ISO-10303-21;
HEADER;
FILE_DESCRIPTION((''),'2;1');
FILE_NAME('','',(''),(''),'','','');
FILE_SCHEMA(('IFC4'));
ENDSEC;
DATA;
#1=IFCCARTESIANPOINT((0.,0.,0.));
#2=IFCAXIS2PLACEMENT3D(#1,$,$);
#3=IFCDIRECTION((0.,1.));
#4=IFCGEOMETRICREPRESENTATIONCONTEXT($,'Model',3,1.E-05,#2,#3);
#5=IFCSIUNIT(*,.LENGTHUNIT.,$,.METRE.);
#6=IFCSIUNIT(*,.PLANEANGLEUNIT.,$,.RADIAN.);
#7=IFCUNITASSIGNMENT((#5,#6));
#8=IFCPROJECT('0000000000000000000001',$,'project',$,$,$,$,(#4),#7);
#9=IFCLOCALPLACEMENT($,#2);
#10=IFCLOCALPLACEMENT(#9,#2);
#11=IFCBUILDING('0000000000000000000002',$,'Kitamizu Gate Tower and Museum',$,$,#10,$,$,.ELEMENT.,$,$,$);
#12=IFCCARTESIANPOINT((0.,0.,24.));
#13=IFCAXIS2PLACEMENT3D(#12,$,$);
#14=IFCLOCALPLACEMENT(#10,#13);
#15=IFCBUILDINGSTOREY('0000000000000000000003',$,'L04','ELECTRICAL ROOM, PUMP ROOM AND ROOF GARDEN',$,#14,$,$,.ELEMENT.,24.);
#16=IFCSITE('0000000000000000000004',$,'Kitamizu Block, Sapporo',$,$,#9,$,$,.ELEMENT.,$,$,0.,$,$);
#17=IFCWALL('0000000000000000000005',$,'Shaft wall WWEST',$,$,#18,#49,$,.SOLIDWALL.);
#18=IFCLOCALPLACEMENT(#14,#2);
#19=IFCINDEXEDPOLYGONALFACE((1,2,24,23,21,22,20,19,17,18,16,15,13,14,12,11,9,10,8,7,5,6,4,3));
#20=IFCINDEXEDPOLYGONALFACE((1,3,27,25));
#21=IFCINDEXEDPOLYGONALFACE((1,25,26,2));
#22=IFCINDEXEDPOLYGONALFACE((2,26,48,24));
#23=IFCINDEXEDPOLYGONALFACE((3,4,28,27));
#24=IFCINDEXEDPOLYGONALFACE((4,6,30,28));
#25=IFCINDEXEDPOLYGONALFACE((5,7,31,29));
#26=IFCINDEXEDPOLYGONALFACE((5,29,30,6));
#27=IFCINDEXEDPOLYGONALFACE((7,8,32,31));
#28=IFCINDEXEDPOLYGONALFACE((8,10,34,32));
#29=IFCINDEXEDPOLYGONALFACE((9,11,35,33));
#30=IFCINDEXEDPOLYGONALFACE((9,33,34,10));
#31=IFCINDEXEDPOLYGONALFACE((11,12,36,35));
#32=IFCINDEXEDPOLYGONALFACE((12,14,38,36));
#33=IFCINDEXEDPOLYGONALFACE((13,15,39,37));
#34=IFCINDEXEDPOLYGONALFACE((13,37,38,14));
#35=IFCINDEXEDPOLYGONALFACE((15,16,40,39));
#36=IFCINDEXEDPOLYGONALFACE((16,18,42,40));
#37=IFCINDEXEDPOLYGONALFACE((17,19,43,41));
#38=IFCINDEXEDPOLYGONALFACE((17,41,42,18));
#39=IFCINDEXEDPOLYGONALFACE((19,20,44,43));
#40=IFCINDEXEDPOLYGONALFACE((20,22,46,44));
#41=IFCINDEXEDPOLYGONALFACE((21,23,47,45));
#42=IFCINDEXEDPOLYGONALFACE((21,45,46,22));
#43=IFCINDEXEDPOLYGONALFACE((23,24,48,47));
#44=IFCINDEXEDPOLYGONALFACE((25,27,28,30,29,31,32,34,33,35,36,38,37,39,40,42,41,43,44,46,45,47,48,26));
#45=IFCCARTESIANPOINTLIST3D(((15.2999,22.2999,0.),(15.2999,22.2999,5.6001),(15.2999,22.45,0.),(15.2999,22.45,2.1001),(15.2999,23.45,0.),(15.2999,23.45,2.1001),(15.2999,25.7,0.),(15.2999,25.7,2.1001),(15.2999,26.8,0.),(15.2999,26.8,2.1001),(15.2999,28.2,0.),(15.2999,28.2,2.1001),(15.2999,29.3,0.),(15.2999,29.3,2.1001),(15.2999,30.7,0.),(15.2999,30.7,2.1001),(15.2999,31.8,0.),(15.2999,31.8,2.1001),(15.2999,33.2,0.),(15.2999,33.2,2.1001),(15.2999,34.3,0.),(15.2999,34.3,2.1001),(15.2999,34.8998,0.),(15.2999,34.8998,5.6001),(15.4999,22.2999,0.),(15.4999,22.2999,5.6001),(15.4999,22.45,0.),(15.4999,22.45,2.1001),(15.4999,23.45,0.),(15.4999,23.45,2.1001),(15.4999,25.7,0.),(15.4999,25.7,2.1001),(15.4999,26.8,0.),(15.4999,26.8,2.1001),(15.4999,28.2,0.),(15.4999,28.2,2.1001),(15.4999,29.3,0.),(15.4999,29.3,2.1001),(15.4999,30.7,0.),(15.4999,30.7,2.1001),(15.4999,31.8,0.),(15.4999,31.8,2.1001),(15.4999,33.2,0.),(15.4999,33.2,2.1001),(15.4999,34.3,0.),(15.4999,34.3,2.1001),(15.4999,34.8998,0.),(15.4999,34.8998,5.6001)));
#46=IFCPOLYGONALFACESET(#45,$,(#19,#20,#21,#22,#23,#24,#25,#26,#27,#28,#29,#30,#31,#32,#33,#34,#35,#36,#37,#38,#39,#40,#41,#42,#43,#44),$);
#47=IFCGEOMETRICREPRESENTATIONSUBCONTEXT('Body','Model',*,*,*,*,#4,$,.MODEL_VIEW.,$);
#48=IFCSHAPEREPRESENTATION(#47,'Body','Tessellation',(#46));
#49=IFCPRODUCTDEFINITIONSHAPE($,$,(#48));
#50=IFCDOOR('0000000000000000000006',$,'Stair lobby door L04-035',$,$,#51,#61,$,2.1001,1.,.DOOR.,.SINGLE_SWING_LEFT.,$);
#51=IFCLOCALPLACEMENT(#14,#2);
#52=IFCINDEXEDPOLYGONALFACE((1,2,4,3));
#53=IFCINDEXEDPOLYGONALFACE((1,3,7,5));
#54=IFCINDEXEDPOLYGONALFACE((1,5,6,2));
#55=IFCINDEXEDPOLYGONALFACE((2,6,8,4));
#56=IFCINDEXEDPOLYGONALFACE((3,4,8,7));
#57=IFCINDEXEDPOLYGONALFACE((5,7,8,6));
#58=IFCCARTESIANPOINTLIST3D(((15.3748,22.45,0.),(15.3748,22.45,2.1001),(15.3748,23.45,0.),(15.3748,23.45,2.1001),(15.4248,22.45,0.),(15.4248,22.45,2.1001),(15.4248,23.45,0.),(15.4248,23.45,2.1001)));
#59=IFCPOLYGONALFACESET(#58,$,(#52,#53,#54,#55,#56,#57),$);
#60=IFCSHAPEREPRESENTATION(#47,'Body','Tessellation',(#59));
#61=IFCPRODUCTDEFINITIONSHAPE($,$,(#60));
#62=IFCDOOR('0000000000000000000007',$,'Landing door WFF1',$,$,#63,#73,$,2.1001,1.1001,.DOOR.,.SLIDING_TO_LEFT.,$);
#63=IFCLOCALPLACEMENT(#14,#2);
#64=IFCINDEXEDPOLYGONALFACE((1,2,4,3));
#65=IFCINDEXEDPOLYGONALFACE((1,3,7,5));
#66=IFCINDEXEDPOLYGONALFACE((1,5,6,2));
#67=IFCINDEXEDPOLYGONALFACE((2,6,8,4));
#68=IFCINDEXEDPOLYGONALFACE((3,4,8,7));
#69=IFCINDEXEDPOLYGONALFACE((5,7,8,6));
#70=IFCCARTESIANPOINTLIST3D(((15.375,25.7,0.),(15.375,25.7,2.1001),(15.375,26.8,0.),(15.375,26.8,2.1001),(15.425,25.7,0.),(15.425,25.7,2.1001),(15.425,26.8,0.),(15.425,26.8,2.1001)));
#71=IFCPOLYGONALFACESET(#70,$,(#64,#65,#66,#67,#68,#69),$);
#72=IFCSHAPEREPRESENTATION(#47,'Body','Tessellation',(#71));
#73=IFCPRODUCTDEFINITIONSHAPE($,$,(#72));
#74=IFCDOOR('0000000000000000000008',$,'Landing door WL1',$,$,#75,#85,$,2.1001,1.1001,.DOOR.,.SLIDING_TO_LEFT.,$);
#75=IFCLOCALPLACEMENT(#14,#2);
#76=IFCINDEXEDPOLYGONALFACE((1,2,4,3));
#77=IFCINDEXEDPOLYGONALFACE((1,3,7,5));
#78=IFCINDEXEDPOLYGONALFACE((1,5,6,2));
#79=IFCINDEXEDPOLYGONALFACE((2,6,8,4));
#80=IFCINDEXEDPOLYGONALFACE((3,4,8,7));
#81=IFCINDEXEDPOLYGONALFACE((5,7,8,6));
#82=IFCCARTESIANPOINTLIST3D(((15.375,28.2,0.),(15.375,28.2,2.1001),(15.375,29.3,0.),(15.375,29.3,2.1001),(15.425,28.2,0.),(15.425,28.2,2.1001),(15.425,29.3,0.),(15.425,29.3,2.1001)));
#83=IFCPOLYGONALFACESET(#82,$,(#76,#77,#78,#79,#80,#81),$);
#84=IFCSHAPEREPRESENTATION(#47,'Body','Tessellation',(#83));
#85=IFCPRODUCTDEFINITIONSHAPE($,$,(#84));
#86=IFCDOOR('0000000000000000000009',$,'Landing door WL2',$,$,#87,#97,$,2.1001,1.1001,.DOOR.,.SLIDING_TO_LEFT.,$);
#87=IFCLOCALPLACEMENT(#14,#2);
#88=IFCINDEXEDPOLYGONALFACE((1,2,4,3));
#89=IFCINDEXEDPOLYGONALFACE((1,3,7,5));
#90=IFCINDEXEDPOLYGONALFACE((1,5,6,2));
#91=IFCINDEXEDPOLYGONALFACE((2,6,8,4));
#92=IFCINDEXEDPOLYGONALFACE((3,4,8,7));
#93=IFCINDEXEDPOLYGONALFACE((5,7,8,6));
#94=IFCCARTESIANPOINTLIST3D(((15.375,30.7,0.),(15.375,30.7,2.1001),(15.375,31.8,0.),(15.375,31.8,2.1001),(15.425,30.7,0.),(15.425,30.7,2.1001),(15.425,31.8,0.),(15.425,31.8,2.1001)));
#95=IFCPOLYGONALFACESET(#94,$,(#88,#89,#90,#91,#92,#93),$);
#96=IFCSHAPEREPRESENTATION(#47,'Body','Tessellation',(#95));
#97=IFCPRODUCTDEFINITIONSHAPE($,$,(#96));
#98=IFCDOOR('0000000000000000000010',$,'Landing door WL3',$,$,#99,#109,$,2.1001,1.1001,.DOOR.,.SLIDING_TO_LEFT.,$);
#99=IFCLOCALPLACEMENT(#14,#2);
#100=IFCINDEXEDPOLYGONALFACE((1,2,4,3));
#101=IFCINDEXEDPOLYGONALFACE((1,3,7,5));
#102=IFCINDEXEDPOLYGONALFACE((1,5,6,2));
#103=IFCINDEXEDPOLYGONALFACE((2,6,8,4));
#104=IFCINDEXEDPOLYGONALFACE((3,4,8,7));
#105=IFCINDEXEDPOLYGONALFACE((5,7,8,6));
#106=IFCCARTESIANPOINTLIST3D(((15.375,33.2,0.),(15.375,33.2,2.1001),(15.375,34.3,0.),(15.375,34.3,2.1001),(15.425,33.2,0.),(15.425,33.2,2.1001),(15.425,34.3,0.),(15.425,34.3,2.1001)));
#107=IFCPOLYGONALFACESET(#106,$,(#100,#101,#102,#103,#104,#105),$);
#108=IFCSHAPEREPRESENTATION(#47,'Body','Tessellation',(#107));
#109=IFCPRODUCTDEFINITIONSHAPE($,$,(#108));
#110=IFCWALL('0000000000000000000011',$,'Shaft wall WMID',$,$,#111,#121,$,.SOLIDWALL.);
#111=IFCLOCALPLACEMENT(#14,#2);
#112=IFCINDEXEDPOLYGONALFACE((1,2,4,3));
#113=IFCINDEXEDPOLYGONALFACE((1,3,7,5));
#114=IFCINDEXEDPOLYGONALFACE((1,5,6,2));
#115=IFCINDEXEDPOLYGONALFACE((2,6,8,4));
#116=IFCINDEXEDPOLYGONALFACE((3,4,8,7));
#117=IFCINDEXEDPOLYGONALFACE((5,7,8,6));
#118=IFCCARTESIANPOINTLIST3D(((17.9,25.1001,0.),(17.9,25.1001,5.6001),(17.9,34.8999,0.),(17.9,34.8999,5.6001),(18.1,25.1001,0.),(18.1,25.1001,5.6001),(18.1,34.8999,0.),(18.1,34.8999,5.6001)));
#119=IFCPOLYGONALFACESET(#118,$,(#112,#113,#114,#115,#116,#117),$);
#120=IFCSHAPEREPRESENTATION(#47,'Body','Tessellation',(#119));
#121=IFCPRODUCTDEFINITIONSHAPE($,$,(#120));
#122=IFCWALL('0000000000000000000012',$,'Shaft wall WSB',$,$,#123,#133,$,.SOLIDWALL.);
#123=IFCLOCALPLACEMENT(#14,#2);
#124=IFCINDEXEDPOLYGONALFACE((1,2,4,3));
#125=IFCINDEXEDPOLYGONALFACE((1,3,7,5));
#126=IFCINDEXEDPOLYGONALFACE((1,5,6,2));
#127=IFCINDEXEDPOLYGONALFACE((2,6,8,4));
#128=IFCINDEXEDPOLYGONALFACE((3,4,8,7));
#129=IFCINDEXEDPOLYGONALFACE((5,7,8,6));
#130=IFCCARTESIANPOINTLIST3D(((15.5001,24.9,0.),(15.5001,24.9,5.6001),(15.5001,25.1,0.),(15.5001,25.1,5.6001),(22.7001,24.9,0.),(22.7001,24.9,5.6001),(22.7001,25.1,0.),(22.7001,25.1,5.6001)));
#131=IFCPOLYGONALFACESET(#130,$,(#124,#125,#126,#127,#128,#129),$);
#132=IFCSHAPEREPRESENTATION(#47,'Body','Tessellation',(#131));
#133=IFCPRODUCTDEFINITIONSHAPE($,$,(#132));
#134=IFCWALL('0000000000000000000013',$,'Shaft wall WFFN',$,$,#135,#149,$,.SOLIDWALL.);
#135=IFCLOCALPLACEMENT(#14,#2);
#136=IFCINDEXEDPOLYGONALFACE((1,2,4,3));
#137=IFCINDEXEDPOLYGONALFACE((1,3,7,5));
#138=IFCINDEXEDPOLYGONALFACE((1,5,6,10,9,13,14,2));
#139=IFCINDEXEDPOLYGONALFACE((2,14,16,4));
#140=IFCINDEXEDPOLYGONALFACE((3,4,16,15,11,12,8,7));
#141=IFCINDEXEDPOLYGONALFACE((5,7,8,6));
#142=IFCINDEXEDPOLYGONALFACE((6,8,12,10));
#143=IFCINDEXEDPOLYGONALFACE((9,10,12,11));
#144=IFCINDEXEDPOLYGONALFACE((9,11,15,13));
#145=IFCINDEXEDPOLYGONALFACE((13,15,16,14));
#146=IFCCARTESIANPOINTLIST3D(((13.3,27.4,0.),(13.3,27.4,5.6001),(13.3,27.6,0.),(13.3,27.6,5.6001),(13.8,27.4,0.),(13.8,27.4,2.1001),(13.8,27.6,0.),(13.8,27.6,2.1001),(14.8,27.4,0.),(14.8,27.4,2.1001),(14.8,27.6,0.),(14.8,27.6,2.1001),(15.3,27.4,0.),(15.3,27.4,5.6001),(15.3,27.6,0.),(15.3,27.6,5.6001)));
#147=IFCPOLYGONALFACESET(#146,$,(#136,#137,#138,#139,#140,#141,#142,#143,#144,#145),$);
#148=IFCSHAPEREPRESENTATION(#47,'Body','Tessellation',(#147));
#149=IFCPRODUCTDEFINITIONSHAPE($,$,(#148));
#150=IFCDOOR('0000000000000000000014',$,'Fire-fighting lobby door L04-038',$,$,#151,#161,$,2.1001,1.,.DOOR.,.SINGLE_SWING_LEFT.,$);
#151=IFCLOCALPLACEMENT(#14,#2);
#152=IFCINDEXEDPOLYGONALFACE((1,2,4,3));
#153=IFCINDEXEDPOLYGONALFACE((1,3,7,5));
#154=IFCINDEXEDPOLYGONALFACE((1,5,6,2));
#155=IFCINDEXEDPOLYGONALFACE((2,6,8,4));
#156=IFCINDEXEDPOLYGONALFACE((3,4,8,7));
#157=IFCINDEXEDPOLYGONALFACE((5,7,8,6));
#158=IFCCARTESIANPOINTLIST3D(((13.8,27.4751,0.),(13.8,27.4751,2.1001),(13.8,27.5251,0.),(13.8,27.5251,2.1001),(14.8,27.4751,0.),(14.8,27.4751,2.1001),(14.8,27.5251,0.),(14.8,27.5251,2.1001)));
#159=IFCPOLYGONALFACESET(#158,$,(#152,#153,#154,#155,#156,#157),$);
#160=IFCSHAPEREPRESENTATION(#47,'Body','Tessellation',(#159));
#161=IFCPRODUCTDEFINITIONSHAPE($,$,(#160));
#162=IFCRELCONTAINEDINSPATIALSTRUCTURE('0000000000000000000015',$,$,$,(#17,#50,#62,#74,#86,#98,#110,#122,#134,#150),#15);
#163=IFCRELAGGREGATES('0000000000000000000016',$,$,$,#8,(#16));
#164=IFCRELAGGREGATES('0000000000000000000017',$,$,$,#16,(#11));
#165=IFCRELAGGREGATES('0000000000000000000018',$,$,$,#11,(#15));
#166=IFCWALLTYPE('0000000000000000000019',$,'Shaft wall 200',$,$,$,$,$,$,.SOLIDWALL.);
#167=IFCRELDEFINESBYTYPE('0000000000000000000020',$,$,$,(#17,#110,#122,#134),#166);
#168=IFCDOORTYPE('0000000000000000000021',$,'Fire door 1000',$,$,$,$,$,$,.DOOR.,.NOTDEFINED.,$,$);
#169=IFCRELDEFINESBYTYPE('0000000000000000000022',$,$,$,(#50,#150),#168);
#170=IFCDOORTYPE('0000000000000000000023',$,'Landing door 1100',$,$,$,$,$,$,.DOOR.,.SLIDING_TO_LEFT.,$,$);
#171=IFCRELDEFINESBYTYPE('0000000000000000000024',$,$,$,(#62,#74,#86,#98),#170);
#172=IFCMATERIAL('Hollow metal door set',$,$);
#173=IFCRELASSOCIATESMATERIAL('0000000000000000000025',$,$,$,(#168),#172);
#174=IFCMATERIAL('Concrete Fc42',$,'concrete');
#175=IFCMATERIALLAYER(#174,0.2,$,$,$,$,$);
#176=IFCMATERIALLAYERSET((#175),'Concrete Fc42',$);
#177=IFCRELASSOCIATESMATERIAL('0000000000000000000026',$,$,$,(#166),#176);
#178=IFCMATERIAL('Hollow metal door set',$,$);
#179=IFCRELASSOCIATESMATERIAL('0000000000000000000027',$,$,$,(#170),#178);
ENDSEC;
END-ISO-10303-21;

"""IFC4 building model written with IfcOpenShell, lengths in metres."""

from ifc_helpers import new_model, si_unit, direction, frame, frame_2d, origin, place, context, subcontext, project, spatial, rectangle, extrude, material, layer, layer_set, type_object, element, fill, save


model = new_model("IFC4")

# Units and contexts
model_context = context("Model", 3, precision=1e-05, world=origin(), true_north=direction((0.0, 1.0)))
body_context = subcontext(model_context, "Body", "Model", "MODEL_VIEW")
ifc_project = project(units=[si_unit("LENGTHUNIT", "METRE"), si_unit("PLANEANGLEUNIT", "RADIAN")], contexts=[model_context])

# Site, building, storey
site_placement = place(None, origin())
site = spatial("IfcSite", under=ifc_project, at=site_placement, Name="Kitamizu Block, Sapporo", CompositionType="ELEMENT", RefElevation=0.0)
building_placement = place(site_placement, origin())
building = spatial("IfcBuilding", under=site, at=building_placement, Name="Kitamizu Gate Tower and Museum", CompositionType="ELEMENT")
storey_placement = place(building_placement, frame((0.0, 0.0, 24.0)))
storey = spatial("IfcBuildingStorey", under=building, at=storey_placement, Name="L04", Description="ELECTRICAL ROOM, PUMP ROOM AND ROOF GARDEN", CompositionType="ELEMENT", Elevation=24.0)

# Shared definitions
ifc_material_1 = material(Name="Hollow metal door set")
door_type_1 = type_object("IfcDoorType", Name="Fire door 1000", OperationType="NOTDEFINED", PredefinedType="DOOR", material=ifc_material_1)

# Wall, openings, doors
ifc_material_2 = material(Name="Concrete Fc42", Category="concrete")
ifc_layer_1 = layer(ifc_material_2, 0.2)
ifc_layer_set_1 = layer_set([ifc_layer_1], Name="Concrete Fc42")
wall_type_1 = type_object("IfcWallType", Name="Shaft wall 200", PredefinedType="SOLIDWALL", material=ifc_layer_set_1)
wall_1_placement = place(storey_placement, frame((15.3999, 22.3, 0.0), z_axis=(0.0, 0.0, 1.0), x_axis=(0.0, 1.0, 0.0)))
wall_1 = element("IfcWall", 1, at=wall_1_placement, inside=storey, type_object=wall_type_1, Name="Shaft wall WWEST", PredefinedType="SOLIDWALL", context=body_context, shape_type="SweptSolid", body=[
    extrude(rectangle(XDim=12.5999, YDim=0.2, at=frame_2d((6.2998, 0.0))), origin(), (0.0, 0.0, 1.0), 5.6001),
])
opening_1_placement = place(wall_1_placement, frame((3.3999, 0.0, 0.0)))
opening_1 = element("IfcOpeningElement", 2, at=opening_1_placement, cuts=wall_1, PredefinedType="OPENING", context=body_context, shape_type="SweptSolid", body=[
    extrude(rectangle(XDim=1.1001, YDim=2.1001, at=frame_2d((0.55, 1.05))), frame((0.0, 0.1099, 0.0), z_axis=(0.0, -1.0, 0.0), x_axis=(1.0, 0.0, 0.0)), (0.0, 0.0, 1.0), 0.22),
])
opening_2_placement = place(wall_1_placement, frame((5.8999, 0.0, 0.0)))
opening_2 = element("IfcOpeningElement", 3, at=opening_2_placement, cuts=wall_1, PredefinedType="OPENING", context=body_context, shape_type="SweptSolid", body=[
    extrude(rectangle(XDim=1.1001, YDim=2.1001, at=frame_2d((0.55, 1.05))), frame((0.0, 0.1099, 0.0), z_axis=(0.0, -1.0, 0.0), x_axis=(1.0, 0.0, 0.0)), (0.0, 0.0, 1.0), 0.22),
])
opening_3_placement = place(wall_1_placement, frame((8.3999, 0.0, 0.0)))
opening_3 = element("IfcOpeningElement", 4, at=opening_3_placement, cuts=wall_1, PredefinedType="OPENING", context=body_context, shape_type="SweptSolid", body=[
    extrude(rectangle(XDim=1.1001, YDim=2.1001, at=frame_2d((0.55, 1.05))), frame((0.0, 0.1099, 0.0), z_axis=(0.0, -1.0, 0.0), x_axis=(1.0, 0.0, 0.0)), (0.0, 0.0, 1.0), 0.22),
])
opening_4_placement = place(wall_1_placement, frame((10.8999, 0.0, 0.0)))
opening_4 = element("IfcOpeningElement", 5, at=opening_4_placement, cuts=wall_1, PredefinedType="OPENING", context=body_context, shape_type="SweptSolid", body=[
    extrude(rectangle(XDim=1.1001, YDim=2.1001, at=frame_2d((0.55, 1.05))), frame((0.0, 0.1099, 0.0), z_axis=(0.0, -1.0, 0.0), x_axis=(1.0, 0.0, 0.0)), (0.0, 0.0, 1.0), 0.22),
])
opening_5_placement = place(wall_1_placement, frame((0.1499, 0.0, 0.0)))
opening_5 = element("IfcOpeningElement", 6, at=opening_5_placement, cuts=wall_1, PredefinedType="OPENING", context=body_context, shape_type="SweptSolid", body=[
    extrude(rectangle(XDim=1.0, YDim=2.1001, at=frame_2d((0.5, 1.05))), frame((0.0, 0.1099, 0.0), z_axis=(0.0, -1.0, 0.0), x_axis=(1.0, 0.0, 0.0)), (0.0, 0.0, 1.0), 0.22),
])
door_1_placement = place(opening_5_placement, frame((1.0, 0.0, 0.0), x_axis=(-1.0, 0.0, 0.0)))
door_1 = element("IfcDoor", 7, at=door_1_placement, inside=storey, type_object=door_type_1, Name="Stair lobby door L04-035", OperationType="SINGLE_SWING_LEFT", OverallHeight=2.1001, OverallWidth=1.0, PredefinedType="DOOR", context=body_context, shape_type="SweptSolid", body=[
    extrude(rectangle(XDim=1.0, YDim=2.1001, at=frame_2d((0.5, 1.05))), frame((0.0, 0.0249, 0.0), z_axis=(0.0, -1.0, 0.0), x_axis=(1.0, 0.0, 0.0)), (0.0, 0.0, 1.0), 0.05),
])
fill(opening_5, door_1)
ifc_material_3 = material(Name="Hollow metal door set")
door_type_2 = type_object("IfcDoorType", Name="Landing door 1100", OperationType="SLIDING_TO_LEFT", PredefinedType="DOOR", material=ifc_material_3)
door_2_placement = place(opening_1_placement, origin())
door_2 = element("IfcDoor", 8, at=door_2_placement, inside=storey, type_object=door_type_2, Name="Landing door WFF1", OperationType="SLIDING_TO_LEFT", OverallHeight=2.1001, OverallWidth=1.1001, PredefinedType="DOOR", context=body_context, shape_type="SweptSolid", body=[
    extrude(rectangle(XDim=1.1001, YDim=2.1001, at=frame_2d((0.55, 1.05))), frame((0.0, 0.0249, 0.0), z_axis=(0.0, -1.0, 0.0), x_axis=(1.0, 0.0, 0.0)), (0.0, 0.0, 1.0), 0.05),
])
fill(opening_1, door_2)
door_3_placement = place(opening_2_placement, origin())
door_3 = element("IfcDoor", 9, at=door_3_placement, inside=storey, type_object=door_type_2, Name="Landing door WL1", OperationType="SLIDING_TO_LEFT", OverallHeight=2.1001, OverallWidth=1.1001, PredefinedType="DOOR", context=body_context, shape_type="SweptSolid", body=[
    extrude(rectangle(XDim=1.1001, YDim=2.1001, at=frame_2d((0.55, 1.05))), frame((0.0, 0.0249, 0.0), z_axis=(0.0, -1.0, 0.0), x_axis=(1.0, 0.0, 0.0)), (0.0, 0.0, 1.0), 0.05),
])
fill(opening_2, door_3)
door_4_placement = place(opening_3_placement, origin())
door_4 = element("IfcDoor", 10, at=door_4_placement, inside=storey, type_object=door_type_2, Name="Landing door WL2", OperationType="SLIDING_TO_LEFT", OverallHeight=2.1001, OverallWidth=1.1001, PredefinedType="DOOR", context=body_context, shape_type="SweptSolid", body=[
    extrude(rectangle(XDim=1.1001, YDim=2.1001, at=frame_2d((0.55, 1.05))), frame((0.0, 0.0249, 0.0), z_axis=(0.0, -1.0, 0.0), x_axis=(1.0, 0.0, 0.0)), (0.0, 0.0, 1.0), 0.05),
])
fill(opening_3, door_4)
door_5_placement = place(opening_4_placement, origin())
door_5 = element("IfcDoor", 11, at=door_5_placement, inside=storey, type_object=door_type_2, Name="Landing door WL3", OperationType="SLIDING_TO_LEFT", OverallHeight=2.1001, OverallWidth=1.1001, PredefinedType="DOOR", context=body_context, shape_type="SweptSolid", body=[
    extrude(rectangle(XDim=1.1001, YDim=2.1001, at=frame_2d((0.55, 1.05))), frame((0.0, 0.0249, 0.0), z_axis=(0.0, -1.0, 0.0), x_axis=(1.0, 0.0, 0.0)), (0.0, 0.0, 1.0), 0.05),
])
fill(opening_4, door_5)

# Walls
wall_2_placement = place(storey_placement, frame((18.0, 25.1001, 0.0), z_axis=(0.0, 0.0, 1.0), x_axis=(0.0, 1.0, 0.0)))
element("IfcWall", 12, at=wall_2_placement, inside=storey, type_object=wall_type_1, Name="Shaft wall WMID", PredefinedType="SOLIDWALL", context=body_context, shape_type="SweptSolid", body=[
    extrude(rectangle(XDim=9.7998, YDim=0.2, at=frame_2d((4.8999, 0.0))), origin(), (0.0, 0.0, 1.0), 5.6001),
])
wall_3_placement = place(storey_placement, frame((15.5, 25.0, 0.0), z_axis=(0.0, 0.0, 1.0), x_axis=(1.0, 0.0, 0.0)))
element("IfcWall", 13, at=wall_3_placement, inside=storey, type_object=wall_type_1, Name="Shaft wall WSB", PredefinedType="SOLIDWALL", context=body_context, shape_type="SweptSolid", body=[
    extrude(rectangle(XDim=7.2, YDim=0.2, at=frame_2d((3.6001, 0.0))), origin(), (0.0, 0.0, 1.0), 5.6001),
])

# Wall, opening, door
wall_4_placement = place(storey_placement, frame((13.3, 27.5, 0.0), z_axis=(0.0, 0.0, 1.0), x_axis=(1.0, 0.0, 0.0)))
wall_4 = element("IfcWall", 14, at=wall_4_placement, inside=storey, type_object=wall_type_1, Name="Shaft wall WFFN", PredefinedType="SOLIDWALL", context=body_context, shape_type="SweptSolid", body=[
    extrude(rectangle(XDim=2.0, YDim=0.2, at=frame_2d((1.0, 0.0))), origin(), (0.0, 0.0, 1.0), 5.6001),
])
opening_6_placement = place(wall_4_placement, frame((0.5, 0.0, 0.0)))
opening_6 = element("IfcOpeningElement", 15, at=opening_6_placement, cuts=wall_4, PredefinedType="OPENING", context=body_context, shape_type="SweptSolid", body=[
    extrude(rectangle(XDim=1.0, YDim=2.1001, at=frame_2d((0.5, 1.05))), frame((0.0, 0.1099, 0.0), z_axis=(0.0, -1.0, 0.0), x_axis=(1.0, 0.0, 0.0)), (0.0, 0.0, 1.0), 0.22),
])
door_6_placement = place(opening_6_placement, frame((1.0, 0.0, 0.0), x_axis=(-1.0, 0.0, 0.0)))
door_6 = element("IfcDoor", 16, at=door_6_placement, inside=storey, type_object=door_type_1, Name="Fire-fighting lobby door L04-038", OperationType="SINGLE_SWING_LEFT", OverallHeight=2.1001, OverallWidth=1.0, PredefinedType="DOOR", context=body_context, shape_type="SweptSolid", body=[
    extrude(rectangle(XDim=1.0, YDim=2.1001, at=frame_2d((0.5, 1.05))), frame((0.0, 0.0249, 0.0), z_axis=(0.0, -1.0, 0.0), x_axis=(1.0, 0.0, 0.0)), (0.0, 0.0, 1.0), 0.05),
])
fill(opening_6, door_6)

save(model, "model.ifc")
